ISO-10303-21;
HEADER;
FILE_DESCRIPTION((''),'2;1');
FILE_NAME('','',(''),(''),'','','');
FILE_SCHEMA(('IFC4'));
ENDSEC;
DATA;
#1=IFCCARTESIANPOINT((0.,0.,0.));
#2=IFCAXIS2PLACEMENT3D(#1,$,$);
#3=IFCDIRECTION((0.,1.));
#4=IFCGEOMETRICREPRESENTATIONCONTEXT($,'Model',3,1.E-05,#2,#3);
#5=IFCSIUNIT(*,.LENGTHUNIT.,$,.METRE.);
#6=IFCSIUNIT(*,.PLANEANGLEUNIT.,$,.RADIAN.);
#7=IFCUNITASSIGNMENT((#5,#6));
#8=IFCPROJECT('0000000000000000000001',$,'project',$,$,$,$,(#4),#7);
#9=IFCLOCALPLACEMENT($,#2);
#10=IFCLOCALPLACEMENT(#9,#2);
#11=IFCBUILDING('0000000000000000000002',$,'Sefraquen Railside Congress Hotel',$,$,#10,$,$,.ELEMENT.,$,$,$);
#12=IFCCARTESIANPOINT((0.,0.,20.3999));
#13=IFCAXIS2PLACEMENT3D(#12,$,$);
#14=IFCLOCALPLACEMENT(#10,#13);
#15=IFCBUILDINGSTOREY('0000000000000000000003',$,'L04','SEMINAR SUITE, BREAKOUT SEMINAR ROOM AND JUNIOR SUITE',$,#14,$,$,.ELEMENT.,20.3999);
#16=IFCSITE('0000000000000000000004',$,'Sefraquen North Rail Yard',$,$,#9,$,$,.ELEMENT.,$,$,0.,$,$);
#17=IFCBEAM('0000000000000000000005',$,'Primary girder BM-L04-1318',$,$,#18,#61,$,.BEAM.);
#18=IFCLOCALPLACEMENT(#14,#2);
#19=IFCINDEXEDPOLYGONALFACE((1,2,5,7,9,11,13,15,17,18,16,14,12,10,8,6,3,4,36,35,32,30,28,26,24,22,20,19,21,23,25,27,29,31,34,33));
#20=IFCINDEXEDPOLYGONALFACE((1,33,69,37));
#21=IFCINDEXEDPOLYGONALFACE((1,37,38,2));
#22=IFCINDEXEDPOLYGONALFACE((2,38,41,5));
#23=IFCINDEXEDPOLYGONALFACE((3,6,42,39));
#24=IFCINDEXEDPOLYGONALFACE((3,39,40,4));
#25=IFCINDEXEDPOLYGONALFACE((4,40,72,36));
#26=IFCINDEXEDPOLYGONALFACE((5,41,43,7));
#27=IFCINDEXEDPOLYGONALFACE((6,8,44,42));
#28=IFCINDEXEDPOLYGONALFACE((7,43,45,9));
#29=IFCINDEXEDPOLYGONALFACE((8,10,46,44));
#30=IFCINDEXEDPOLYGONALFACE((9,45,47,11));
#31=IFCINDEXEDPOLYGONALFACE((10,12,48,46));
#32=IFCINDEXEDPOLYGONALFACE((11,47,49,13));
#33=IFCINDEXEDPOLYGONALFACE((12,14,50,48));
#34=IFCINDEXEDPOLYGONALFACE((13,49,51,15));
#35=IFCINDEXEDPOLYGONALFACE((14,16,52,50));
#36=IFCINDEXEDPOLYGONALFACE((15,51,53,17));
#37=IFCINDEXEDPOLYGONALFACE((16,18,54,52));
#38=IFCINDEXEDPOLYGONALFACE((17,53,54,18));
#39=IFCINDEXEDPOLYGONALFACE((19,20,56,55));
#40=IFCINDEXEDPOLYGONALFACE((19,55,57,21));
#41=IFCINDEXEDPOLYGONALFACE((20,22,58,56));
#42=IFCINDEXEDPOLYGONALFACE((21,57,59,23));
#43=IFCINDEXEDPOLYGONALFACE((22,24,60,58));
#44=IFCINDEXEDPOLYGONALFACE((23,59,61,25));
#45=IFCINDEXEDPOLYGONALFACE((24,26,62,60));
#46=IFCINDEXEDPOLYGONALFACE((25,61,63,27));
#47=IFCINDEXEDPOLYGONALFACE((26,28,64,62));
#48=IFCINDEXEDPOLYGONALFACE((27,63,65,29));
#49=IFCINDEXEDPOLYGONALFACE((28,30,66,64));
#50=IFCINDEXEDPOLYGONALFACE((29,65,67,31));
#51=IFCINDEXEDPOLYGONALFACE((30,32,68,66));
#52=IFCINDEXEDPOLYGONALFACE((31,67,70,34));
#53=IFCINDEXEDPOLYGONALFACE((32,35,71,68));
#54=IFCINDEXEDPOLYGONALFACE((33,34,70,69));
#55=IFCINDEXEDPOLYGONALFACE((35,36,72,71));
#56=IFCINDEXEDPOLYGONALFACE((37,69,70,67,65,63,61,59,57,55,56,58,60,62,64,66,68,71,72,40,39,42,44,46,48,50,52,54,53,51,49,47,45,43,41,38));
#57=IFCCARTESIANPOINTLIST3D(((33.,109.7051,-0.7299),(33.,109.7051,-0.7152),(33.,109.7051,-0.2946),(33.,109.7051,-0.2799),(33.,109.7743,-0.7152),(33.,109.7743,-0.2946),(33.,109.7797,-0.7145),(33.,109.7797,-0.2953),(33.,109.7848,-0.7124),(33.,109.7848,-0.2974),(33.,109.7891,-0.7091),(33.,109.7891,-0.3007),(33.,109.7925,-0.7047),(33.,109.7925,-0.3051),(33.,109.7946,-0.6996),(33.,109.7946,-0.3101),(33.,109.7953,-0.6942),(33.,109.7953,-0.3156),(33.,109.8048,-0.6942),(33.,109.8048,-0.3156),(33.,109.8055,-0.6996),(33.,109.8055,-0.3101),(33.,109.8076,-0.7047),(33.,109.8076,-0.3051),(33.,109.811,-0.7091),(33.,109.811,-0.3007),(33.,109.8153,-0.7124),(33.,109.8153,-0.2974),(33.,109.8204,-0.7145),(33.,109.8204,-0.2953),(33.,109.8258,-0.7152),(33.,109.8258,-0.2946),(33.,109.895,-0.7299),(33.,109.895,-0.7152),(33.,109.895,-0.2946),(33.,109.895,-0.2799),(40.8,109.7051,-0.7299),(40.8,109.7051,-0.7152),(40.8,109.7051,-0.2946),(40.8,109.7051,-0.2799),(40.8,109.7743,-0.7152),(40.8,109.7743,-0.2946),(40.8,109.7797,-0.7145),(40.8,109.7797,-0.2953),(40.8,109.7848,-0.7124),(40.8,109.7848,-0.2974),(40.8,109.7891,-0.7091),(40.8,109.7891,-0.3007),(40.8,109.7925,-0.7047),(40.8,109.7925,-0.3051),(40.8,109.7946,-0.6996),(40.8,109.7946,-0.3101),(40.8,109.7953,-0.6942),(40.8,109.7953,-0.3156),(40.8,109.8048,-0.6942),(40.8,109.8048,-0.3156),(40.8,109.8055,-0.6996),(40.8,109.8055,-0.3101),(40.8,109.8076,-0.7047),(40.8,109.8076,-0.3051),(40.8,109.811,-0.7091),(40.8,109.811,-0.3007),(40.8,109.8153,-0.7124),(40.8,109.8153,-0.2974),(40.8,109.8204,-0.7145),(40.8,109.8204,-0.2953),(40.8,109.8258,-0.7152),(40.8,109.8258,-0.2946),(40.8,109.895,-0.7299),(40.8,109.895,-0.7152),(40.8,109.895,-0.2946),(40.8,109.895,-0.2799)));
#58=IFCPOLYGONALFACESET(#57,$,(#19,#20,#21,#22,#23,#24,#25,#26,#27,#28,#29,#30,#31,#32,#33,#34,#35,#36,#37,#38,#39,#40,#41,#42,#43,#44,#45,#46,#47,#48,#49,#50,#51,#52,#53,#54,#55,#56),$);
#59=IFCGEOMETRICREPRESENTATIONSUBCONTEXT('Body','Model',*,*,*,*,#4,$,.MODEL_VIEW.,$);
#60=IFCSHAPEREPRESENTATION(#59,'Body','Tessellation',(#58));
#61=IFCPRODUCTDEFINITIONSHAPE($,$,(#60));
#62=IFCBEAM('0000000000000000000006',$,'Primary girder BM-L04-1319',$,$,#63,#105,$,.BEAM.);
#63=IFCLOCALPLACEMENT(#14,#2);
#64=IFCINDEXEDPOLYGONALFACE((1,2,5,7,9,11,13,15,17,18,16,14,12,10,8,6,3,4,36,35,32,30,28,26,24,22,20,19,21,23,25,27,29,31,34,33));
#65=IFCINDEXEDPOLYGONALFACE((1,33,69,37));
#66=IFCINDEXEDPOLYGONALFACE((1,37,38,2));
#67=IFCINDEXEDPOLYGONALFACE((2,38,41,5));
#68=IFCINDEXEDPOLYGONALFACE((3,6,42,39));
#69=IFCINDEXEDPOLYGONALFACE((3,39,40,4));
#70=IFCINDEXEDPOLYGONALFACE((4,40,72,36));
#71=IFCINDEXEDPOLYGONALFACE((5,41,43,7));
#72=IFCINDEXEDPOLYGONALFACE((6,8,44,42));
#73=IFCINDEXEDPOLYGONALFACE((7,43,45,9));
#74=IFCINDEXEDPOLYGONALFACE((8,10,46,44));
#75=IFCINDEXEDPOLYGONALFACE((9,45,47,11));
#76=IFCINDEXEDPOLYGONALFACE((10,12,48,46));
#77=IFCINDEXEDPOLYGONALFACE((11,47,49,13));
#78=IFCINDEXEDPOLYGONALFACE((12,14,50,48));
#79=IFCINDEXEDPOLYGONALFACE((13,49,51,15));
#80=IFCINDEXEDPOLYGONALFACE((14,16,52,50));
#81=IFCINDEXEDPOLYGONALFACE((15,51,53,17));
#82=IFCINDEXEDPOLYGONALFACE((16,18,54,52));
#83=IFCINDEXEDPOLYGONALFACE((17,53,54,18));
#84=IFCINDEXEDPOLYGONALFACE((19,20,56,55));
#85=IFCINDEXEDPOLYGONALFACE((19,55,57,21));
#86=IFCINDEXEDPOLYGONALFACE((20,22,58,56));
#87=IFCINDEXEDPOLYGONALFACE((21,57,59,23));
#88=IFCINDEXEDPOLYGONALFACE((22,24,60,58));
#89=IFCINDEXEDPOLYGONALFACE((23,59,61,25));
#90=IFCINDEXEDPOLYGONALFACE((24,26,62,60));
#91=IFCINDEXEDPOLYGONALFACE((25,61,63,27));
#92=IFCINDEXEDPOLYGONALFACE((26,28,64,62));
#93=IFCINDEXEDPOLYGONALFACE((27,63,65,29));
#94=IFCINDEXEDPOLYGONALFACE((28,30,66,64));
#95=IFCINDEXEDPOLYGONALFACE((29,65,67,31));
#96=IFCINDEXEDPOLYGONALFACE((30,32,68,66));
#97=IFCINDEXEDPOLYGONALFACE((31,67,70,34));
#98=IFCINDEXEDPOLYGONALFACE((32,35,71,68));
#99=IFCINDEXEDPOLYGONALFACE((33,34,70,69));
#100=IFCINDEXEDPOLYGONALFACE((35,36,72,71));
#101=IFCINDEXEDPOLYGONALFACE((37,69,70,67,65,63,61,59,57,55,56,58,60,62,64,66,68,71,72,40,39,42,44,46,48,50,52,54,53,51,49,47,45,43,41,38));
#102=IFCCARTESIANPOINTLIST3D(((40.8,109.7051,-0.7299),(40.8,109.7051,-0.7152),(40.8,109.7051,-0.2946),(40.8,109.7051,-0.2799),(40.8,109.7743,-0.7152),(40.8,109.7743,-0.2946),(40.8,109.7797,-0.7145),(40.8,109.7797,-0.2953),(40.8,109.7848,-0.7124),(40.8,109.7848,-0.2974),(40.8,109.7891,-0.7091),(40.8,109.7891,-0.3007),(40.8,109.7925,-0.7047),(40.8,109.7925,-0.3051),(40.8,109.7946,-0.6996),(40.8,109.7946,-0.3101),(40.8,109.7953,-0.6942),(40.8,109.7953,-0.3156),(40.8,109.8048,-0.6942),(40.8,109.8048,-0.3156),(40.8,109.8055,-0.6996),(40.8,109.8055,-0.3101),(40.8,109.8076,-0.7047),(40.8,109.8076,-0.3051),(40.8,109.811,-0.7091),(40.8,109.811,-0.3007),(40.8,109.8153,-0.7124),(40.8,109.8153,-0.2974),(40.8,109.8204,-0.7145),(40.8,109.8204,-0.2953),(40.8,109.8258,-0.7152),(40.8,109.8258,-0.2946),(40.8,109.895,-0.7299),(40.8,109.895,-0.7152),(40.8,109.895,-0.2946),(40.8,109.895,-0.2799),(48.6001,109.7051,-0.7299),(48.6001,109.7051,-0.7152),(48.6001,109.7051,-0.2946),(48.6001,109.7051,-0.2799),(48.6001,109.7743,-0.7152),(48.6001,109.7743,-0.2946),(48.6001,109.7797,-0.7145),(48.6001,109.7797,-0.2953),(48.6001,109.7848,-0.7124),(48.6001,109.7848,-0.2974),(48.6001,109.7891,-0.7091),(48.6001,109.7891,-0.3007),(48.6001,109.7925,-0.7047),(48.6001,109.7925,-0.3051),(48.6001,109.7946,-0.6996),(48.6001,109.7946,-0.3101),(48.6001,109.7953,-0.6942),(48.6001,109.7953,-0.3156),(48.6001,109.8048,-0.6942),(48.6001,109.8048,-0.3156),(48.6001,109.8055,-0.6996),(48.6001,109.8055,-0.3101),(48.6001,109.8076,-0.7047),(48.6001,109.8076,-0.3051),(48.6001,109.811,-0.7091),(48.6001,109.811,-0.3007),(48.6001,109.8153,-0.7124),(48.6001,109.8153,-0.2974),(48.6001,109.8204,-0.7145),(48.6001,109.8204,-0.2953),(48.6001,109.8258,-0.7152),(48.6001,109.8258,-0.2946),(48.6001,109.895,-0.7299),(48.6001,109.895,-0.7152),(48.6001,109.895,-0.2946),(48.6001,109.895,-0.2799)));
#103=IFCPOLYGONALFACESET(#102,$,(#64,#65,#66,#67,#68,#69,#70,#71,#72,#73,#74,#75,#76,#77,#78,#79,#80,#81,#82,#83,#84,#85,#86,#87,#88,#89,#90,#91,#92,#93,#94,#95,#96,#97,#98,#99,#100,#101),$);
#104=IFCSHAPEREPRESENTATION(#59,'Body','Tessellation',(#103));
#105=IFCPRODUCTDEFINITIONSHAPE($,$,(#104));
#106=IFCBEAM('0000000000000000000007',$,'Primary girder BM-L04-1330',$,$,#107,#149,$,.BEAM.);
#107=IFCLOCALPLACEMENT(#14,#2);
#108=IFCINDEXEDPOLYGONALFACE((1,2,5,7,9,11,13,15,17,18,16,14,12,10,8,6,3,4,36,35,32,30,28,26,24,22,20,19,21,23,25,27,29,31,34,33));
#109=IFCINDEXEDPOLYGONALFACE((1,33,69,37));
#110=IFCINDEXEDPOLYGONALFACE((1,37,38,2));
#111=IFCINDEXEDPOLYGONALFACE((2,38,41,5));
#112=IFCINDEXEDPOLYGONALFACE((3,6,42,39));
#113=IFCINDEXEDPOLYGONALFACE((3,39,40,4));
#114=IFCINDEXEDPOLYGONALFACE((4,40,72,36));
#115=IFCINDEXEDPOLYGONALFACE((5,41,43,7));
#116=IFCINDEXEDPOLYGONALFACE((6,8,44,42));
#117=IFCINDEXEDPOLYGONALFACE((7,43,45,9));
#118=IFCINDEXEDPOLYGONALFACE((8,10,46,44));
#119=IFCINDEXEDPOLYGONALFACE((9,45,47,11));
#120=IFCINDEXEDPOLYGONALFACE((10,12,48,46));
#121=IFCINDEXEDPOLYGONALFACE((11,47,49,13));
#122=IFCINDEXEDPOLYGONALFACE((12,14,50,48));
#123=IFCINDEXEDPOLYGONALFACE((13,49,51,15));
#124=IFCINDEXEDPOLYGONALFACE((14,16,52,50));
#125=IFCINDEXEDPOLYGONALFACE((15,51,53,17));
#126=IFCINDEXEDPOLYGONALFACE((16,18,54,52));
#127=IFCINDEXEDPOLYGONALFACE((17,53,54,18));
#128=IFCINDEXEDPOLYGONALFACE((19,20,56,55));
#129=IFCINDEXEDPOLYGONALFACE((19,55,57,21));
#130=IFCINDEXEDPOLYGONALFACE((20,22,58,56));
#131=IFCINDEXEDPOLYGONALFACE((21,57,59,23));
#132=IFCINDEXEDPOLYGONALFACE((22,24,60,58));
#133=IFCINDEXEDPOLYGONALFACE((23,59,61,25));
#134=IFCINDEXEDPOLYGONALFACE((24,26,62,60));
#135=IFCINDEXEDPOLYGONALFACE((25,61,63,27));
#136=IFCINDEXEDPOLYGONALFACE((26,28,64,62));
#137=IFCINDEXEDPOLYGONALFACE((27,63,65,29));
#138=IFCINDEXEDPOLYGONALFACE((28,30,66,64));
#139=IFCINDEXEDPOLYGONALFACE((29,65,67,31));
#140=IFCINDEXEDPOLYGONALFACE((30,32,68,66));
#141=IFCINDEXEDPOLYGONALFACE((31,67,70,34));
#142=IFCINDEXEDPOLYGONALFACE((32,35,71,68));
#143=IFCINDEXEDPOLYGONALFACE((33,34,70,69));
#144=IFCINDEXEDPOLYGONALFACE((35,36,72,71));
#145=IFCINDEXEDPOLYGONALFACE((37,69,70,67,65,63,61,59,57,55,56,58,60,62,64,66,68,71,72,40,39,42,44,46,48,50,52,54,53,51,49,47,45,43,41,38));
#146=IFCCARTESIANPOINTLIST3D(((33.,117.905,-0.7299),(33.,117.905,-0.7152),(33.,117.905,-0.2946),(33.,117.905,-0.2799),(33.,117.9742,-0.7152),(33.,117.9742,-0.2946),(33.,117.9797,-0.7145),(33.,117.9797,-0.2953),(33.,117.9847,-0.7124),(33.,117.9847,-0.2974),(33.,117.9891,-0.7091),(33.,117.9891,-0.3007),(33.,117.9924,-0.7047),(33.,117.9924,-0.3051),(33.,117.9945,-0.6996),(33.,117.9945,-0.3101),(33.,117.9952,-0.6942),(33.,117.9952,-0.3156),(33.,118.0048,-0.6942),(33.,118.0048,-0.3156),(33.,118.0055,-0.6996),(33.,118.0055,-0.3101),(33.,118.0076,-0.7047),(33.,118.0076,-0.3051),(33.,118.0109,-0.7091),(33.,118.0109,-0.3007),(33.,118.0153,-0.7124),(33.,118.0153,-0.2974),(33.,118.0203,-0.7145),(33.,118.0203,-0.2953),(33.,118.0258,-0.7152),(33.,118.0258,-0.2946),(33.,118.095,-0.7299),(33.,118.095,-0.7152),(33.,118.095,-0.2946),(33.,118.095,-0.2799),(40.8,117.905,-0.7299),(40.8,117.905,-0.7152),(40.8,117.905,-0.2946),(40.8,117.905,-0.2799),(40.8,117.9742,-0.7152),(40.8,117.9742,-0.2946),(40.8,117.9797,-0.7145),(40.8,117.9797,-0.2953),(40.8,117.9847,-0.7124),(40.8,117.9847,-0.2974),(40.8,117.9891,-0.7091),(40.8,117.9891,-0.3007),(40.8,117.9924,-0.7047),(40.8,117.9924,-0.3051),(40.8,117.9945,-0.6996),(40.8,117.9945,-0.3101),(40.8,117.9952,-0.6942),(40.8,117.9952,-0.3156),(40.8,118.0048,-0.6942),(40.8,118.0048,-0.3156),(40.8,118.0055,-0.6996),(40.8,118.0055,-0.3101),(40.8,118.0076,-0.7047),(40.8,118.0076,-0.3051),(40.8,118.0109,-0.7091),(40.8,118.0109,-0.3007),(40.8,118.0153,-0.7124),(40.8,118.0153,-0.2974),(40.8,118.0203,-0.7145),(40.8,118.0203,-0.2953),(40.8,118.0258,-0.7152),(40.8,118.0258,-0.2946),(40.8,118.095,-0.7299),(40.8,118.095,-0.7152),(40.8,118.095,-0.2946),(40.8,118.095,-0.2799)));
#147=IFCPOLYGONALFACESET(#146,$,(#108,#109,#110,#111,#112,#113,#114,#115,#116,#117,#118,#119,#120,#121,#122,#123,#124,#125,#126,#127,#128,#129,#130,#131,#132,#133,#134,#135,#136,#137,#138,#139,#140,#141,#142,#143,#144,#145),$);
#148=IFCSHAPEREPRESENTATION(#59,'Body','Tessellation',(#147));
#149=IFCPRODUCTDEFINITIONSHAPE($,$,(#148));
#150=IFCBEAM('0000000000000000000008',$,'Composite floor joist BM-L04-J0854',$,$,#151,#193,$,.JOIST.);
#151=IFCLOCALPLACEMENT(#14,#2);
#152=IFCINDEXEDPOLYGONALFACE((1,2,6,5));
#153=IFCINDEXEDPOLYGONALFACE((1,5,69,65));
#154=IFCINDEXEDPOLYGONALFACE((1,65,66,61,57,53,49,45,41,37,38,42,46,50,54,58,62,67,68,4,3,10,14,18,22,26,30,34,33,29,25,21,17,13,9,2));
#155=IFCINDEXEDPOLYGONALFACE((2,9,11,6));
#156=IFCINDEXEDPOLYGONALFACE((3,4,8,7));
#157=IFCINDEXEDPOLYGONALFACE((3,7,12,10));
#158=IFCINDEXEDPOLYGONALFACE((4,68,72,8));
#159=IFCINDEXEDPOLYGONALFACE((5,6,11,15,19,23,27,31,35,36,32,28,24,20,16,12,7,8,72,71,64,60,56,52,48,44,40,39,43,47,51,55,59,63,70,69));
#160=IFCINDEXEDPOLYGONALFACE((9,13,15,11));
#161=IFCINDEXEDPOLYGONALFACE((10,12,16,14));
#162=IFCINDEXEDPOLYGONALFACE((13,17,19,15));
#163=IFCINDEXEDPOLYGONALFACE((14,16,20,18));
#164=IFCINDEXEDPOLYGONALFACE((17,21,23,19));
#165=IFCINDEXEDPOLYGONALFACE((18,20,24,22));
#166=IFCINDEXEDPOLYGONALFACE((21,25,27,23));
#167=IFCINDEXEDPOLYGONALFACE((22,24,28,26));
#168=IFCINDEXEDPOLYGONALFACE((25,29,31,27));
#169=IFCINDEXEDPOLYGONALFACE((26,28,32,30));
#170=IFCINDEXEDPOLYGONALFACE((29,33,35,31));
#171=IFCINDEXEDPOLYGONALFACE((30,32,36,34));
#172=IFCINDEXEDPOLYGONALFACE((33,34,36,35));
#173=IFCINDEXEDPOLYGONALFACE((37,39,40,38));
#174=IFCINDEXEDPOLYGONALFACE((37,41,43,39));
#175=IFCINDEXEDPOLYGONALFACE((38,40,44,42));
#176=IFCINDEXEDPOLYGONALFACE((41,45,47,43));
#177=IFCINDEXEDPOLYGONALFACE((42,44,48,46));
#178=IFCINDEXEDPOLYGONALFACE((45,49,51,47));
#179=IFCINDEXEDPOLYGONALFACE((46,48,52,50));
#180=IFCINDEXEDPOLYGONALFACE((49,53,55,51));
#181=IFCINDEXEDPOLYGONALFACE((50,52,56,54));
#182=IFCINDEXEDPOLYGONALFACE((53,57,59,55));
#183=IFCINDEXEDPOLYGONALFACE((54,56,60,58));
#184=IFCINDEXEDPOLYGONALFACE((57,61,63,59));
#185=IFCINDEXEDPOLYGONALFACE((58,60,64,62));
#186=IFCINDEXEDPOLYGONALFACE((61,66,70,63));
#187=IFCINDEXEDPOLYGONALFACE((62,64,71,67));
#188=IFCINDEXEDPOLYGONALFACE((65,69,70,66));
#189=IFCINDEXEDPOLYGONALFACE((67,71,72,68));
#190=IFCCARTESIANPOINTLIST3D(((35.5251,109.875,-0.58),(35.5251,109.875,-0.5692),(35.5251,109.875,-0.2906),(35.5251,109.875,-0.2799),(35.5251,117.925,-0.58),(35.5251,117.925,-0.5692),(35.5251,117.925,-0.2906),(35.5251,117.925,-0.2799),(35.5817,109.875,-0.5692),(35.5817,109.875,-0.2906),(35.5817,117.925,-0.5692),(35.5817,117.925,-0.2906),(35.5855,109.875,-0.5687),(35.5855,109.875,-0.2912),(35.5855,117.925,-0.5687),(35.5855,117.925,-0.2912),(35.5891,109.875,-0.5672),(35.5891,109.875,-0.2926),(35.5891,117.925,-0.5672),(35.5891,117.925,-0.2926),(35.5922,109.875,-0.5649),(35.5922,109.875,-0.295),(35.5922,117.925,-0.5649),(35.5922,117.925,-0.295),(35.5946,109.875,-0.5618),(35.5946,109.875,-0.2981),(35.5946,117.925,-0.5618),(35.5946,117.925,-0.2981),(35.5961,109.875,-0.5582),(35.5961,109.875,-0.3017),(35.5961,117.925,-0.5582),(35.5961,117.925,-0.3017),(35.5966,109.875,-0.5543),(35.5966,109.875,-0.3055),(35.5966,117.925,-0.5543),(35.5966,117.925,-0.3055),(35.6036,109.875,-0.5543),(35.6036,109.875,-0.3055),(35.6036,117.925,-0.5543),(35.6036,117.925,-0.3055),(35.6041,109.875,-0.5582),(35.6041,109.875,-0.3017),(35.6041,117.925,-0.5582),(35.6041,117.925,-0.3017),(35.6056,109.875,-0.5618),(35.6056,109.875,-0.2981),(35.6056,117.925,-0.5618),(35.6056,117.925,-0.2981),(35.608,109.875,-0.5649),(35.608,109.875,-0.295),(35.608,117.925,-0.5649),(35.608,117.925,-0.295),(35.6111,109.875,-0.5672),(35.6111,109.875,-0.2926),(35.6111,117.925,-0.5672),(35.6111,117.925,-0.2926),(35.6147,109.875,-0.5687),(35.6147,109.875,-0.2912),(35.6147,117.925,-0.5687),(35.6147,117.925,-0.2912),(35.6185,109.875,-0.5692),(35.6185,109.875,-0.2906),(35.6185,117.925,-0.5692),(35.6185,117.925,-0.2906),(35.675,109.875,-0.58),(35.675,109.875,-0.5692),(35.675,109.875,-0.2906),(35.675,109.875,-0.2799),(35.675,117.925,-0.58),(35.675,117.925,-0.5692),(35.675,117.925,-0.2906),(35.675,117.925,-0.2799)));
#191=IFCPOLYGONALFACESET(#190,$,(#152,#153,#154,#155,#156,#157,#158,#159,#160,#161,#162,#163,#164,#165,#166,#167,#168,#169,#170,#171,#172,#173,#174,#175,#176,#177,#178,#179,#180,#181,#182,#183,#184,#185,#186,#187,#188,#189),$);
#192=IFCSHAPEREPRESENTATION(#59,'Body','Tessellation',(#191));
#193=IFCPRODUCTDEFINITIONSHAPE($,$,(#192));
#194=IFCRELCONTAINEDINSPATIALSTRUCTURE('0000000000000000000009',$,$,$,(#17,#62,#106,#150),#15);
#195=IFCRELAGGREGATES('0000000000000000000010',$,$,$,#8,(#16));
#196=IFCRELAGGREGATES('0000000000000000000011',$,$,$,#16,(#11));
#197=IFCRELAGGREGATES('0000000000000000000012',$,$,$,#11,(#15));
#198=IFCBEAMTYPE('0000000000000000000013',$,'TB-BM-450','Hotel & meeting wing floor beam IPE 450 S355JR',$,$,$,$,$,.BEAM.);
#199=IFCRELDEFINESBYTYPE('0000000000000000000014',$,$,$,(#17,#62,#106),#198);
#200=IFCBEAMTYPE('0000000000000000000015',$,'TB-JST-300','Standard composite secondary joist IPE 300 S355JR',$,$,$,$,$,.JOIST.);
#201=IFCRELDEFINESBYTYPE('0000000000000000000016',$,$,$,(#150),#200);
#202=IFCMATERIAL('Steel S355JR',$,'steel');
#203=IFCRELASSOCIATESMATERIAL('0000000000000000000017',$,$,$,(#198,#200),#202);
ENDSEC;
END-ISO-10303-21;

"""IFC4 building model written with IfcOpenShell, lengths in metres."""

from ifc_helpers import new_model, si_unit, direction, frame, origin, origin_2d, place, context, subcontext, project, spatial, i_section, extrude, material, material_profile, profile_set, type_object, element, save


model = new_model("IFC4")

# Units and contexts
model_context = context("Model", 3, precision=1e-05, world=origin(), true_north=direction((0.0, 1.0)))
body_context = subcontext(model_context, "Body", "Model", "MODEL_VIEW")
ifc_project = project(units=[si_unit("LENGTHUNIT", "METRE"), si_unit("PLANEANGLEUNIT", "RADIAN")], contexts=[model_context])

# Site, building, storey
site_placement = place(None, origin())
site = spatial("IfcSite", under=ifc_project, at=site_placement, Name="Sefraquen North Rail Yard", CompositionType="ELEMENT", RefElevation=0.0)
building_placement = place(site_placement, origin())
building = spatial("IfcBuilding", under=site, at=building_placement, Name="Sefraquen Railside Congress Hotel", CompositionType="ELEMENT")
storey_placement = place(building_placement, frame((0.0, 0.0, 20.3999)))
storey = spatial("IfcBuildingStorey", under=building, at=storey_placement, Name="L04", Description="SEMINAR SUITE, BREAKOUT SEMINAR ROOM AND JUNIOR SUITE", CompositionType="ELEMENT", Elevation=20.3999)

# Shared definitions
ifc_material_1 = material(Name="Steel S355JR", Category="steel")

# Beams
ifc_material_profile_1 = material_profile(ifc_material_1, i_section(OverallWidth=0.1899, OverallDepth=0.45, WebThickness=0.0095, FlangeThickness=0.0146, FilletRadius=0.021, at=origin_2d()), Name="IPE 450")
ifc_profile_set_1 = profile_set([ifc_material_profile_1], Name="Steel S355JR")
beam_type_1 = type_object("IfcBeamType", Name="TB-BM-450", Description="Hotel & meeting wing floor beam IPE 450 S355JR", PredefinedType="BEAM", material=ifc_profile_set_1)
for number, where, z_axis, x_axis, name in (
    (1, (33.0, 109.8, -0.5049), (1.0, 0.0, 0.0), (0.0, 1.0, 0.0), "Primary girder BM-L04-1318"),
    (2, (40.8, 109.8, -0.5049), (1.0, 0.0, 0.0), (0.0, 1.0, 0.0), "Primary girder BM-L04-1319"),
    (3, (33.0, 118.0, -0.5049), (1.0, 0.0, 0.0), (0.0, 1.0, 0.0), "Primary girder BM-L04-1330"),
):
    element("IfcBeam", number, at=place(storey_placement, frame(where, z_axis=z_axis, x_axis=x_axis)), inside=storey, type_object=beam_type_1, Name=name, PredefinedType="BEAM", context=body_context, shape_type="SweptSolid", body=[
        extrude(i_section(OverallWidth=0.1899, OverallDepth=0.45, WebThickness=0.0095, FlangeThickness=0.0146, FilletRadius=0.021, at=origin_2d()), origin(), (0.0, 0.0, 1.0), 7.8),
    ])
ifc_material_profile_2 = material_profile(ifc_material_1, i_section(OverallWidth=0.1499, OverallDepth=0.3, WebThickness=0.0071, FlangeThickness=0.0107, FilletRadius=0.0149, at=origin_2d()), Name="IPE 300")
ifc_profile_set_2 = profile_set([ifc_material_profile_2], Name="Steel S355JR")
beam_type_2 = type_object("IfcBeamType", Name="TB-JST-300", Description="Standard composite secondary joist IPE 300 S355JR", PredefinedType="JOIST", material=ifc_profile_set_2)
for number, where, z_axis, x_axis, name in (
    (4, (35.6001, 109.875, -0.4299), (0.0, 1.0, 0.0), (-1.0, 0.0, 0.0), "Composite floor joist BM-L04-J0854"),
):
    element("IfcBeam", number, at=place(storey_placement, frame(where, z_axis=z_axis, x_axis=x_axis)), inside=storey, type_object=beam_type_2, Name=name, PredefinedType="JOIST", context=body_context, shape_type="SweptSolid", body=[
        extrude(i_section(OverallWidth=0.1499, OverallDepth=0.3, WebThickness=0.0071, FlangeThickness=0.0107, FilletRadius=0.0149, at=origin_2d()), origin(), (0.0, 0.0, 1.0), 8.05),
    ])

save(model, "model.ifc")
